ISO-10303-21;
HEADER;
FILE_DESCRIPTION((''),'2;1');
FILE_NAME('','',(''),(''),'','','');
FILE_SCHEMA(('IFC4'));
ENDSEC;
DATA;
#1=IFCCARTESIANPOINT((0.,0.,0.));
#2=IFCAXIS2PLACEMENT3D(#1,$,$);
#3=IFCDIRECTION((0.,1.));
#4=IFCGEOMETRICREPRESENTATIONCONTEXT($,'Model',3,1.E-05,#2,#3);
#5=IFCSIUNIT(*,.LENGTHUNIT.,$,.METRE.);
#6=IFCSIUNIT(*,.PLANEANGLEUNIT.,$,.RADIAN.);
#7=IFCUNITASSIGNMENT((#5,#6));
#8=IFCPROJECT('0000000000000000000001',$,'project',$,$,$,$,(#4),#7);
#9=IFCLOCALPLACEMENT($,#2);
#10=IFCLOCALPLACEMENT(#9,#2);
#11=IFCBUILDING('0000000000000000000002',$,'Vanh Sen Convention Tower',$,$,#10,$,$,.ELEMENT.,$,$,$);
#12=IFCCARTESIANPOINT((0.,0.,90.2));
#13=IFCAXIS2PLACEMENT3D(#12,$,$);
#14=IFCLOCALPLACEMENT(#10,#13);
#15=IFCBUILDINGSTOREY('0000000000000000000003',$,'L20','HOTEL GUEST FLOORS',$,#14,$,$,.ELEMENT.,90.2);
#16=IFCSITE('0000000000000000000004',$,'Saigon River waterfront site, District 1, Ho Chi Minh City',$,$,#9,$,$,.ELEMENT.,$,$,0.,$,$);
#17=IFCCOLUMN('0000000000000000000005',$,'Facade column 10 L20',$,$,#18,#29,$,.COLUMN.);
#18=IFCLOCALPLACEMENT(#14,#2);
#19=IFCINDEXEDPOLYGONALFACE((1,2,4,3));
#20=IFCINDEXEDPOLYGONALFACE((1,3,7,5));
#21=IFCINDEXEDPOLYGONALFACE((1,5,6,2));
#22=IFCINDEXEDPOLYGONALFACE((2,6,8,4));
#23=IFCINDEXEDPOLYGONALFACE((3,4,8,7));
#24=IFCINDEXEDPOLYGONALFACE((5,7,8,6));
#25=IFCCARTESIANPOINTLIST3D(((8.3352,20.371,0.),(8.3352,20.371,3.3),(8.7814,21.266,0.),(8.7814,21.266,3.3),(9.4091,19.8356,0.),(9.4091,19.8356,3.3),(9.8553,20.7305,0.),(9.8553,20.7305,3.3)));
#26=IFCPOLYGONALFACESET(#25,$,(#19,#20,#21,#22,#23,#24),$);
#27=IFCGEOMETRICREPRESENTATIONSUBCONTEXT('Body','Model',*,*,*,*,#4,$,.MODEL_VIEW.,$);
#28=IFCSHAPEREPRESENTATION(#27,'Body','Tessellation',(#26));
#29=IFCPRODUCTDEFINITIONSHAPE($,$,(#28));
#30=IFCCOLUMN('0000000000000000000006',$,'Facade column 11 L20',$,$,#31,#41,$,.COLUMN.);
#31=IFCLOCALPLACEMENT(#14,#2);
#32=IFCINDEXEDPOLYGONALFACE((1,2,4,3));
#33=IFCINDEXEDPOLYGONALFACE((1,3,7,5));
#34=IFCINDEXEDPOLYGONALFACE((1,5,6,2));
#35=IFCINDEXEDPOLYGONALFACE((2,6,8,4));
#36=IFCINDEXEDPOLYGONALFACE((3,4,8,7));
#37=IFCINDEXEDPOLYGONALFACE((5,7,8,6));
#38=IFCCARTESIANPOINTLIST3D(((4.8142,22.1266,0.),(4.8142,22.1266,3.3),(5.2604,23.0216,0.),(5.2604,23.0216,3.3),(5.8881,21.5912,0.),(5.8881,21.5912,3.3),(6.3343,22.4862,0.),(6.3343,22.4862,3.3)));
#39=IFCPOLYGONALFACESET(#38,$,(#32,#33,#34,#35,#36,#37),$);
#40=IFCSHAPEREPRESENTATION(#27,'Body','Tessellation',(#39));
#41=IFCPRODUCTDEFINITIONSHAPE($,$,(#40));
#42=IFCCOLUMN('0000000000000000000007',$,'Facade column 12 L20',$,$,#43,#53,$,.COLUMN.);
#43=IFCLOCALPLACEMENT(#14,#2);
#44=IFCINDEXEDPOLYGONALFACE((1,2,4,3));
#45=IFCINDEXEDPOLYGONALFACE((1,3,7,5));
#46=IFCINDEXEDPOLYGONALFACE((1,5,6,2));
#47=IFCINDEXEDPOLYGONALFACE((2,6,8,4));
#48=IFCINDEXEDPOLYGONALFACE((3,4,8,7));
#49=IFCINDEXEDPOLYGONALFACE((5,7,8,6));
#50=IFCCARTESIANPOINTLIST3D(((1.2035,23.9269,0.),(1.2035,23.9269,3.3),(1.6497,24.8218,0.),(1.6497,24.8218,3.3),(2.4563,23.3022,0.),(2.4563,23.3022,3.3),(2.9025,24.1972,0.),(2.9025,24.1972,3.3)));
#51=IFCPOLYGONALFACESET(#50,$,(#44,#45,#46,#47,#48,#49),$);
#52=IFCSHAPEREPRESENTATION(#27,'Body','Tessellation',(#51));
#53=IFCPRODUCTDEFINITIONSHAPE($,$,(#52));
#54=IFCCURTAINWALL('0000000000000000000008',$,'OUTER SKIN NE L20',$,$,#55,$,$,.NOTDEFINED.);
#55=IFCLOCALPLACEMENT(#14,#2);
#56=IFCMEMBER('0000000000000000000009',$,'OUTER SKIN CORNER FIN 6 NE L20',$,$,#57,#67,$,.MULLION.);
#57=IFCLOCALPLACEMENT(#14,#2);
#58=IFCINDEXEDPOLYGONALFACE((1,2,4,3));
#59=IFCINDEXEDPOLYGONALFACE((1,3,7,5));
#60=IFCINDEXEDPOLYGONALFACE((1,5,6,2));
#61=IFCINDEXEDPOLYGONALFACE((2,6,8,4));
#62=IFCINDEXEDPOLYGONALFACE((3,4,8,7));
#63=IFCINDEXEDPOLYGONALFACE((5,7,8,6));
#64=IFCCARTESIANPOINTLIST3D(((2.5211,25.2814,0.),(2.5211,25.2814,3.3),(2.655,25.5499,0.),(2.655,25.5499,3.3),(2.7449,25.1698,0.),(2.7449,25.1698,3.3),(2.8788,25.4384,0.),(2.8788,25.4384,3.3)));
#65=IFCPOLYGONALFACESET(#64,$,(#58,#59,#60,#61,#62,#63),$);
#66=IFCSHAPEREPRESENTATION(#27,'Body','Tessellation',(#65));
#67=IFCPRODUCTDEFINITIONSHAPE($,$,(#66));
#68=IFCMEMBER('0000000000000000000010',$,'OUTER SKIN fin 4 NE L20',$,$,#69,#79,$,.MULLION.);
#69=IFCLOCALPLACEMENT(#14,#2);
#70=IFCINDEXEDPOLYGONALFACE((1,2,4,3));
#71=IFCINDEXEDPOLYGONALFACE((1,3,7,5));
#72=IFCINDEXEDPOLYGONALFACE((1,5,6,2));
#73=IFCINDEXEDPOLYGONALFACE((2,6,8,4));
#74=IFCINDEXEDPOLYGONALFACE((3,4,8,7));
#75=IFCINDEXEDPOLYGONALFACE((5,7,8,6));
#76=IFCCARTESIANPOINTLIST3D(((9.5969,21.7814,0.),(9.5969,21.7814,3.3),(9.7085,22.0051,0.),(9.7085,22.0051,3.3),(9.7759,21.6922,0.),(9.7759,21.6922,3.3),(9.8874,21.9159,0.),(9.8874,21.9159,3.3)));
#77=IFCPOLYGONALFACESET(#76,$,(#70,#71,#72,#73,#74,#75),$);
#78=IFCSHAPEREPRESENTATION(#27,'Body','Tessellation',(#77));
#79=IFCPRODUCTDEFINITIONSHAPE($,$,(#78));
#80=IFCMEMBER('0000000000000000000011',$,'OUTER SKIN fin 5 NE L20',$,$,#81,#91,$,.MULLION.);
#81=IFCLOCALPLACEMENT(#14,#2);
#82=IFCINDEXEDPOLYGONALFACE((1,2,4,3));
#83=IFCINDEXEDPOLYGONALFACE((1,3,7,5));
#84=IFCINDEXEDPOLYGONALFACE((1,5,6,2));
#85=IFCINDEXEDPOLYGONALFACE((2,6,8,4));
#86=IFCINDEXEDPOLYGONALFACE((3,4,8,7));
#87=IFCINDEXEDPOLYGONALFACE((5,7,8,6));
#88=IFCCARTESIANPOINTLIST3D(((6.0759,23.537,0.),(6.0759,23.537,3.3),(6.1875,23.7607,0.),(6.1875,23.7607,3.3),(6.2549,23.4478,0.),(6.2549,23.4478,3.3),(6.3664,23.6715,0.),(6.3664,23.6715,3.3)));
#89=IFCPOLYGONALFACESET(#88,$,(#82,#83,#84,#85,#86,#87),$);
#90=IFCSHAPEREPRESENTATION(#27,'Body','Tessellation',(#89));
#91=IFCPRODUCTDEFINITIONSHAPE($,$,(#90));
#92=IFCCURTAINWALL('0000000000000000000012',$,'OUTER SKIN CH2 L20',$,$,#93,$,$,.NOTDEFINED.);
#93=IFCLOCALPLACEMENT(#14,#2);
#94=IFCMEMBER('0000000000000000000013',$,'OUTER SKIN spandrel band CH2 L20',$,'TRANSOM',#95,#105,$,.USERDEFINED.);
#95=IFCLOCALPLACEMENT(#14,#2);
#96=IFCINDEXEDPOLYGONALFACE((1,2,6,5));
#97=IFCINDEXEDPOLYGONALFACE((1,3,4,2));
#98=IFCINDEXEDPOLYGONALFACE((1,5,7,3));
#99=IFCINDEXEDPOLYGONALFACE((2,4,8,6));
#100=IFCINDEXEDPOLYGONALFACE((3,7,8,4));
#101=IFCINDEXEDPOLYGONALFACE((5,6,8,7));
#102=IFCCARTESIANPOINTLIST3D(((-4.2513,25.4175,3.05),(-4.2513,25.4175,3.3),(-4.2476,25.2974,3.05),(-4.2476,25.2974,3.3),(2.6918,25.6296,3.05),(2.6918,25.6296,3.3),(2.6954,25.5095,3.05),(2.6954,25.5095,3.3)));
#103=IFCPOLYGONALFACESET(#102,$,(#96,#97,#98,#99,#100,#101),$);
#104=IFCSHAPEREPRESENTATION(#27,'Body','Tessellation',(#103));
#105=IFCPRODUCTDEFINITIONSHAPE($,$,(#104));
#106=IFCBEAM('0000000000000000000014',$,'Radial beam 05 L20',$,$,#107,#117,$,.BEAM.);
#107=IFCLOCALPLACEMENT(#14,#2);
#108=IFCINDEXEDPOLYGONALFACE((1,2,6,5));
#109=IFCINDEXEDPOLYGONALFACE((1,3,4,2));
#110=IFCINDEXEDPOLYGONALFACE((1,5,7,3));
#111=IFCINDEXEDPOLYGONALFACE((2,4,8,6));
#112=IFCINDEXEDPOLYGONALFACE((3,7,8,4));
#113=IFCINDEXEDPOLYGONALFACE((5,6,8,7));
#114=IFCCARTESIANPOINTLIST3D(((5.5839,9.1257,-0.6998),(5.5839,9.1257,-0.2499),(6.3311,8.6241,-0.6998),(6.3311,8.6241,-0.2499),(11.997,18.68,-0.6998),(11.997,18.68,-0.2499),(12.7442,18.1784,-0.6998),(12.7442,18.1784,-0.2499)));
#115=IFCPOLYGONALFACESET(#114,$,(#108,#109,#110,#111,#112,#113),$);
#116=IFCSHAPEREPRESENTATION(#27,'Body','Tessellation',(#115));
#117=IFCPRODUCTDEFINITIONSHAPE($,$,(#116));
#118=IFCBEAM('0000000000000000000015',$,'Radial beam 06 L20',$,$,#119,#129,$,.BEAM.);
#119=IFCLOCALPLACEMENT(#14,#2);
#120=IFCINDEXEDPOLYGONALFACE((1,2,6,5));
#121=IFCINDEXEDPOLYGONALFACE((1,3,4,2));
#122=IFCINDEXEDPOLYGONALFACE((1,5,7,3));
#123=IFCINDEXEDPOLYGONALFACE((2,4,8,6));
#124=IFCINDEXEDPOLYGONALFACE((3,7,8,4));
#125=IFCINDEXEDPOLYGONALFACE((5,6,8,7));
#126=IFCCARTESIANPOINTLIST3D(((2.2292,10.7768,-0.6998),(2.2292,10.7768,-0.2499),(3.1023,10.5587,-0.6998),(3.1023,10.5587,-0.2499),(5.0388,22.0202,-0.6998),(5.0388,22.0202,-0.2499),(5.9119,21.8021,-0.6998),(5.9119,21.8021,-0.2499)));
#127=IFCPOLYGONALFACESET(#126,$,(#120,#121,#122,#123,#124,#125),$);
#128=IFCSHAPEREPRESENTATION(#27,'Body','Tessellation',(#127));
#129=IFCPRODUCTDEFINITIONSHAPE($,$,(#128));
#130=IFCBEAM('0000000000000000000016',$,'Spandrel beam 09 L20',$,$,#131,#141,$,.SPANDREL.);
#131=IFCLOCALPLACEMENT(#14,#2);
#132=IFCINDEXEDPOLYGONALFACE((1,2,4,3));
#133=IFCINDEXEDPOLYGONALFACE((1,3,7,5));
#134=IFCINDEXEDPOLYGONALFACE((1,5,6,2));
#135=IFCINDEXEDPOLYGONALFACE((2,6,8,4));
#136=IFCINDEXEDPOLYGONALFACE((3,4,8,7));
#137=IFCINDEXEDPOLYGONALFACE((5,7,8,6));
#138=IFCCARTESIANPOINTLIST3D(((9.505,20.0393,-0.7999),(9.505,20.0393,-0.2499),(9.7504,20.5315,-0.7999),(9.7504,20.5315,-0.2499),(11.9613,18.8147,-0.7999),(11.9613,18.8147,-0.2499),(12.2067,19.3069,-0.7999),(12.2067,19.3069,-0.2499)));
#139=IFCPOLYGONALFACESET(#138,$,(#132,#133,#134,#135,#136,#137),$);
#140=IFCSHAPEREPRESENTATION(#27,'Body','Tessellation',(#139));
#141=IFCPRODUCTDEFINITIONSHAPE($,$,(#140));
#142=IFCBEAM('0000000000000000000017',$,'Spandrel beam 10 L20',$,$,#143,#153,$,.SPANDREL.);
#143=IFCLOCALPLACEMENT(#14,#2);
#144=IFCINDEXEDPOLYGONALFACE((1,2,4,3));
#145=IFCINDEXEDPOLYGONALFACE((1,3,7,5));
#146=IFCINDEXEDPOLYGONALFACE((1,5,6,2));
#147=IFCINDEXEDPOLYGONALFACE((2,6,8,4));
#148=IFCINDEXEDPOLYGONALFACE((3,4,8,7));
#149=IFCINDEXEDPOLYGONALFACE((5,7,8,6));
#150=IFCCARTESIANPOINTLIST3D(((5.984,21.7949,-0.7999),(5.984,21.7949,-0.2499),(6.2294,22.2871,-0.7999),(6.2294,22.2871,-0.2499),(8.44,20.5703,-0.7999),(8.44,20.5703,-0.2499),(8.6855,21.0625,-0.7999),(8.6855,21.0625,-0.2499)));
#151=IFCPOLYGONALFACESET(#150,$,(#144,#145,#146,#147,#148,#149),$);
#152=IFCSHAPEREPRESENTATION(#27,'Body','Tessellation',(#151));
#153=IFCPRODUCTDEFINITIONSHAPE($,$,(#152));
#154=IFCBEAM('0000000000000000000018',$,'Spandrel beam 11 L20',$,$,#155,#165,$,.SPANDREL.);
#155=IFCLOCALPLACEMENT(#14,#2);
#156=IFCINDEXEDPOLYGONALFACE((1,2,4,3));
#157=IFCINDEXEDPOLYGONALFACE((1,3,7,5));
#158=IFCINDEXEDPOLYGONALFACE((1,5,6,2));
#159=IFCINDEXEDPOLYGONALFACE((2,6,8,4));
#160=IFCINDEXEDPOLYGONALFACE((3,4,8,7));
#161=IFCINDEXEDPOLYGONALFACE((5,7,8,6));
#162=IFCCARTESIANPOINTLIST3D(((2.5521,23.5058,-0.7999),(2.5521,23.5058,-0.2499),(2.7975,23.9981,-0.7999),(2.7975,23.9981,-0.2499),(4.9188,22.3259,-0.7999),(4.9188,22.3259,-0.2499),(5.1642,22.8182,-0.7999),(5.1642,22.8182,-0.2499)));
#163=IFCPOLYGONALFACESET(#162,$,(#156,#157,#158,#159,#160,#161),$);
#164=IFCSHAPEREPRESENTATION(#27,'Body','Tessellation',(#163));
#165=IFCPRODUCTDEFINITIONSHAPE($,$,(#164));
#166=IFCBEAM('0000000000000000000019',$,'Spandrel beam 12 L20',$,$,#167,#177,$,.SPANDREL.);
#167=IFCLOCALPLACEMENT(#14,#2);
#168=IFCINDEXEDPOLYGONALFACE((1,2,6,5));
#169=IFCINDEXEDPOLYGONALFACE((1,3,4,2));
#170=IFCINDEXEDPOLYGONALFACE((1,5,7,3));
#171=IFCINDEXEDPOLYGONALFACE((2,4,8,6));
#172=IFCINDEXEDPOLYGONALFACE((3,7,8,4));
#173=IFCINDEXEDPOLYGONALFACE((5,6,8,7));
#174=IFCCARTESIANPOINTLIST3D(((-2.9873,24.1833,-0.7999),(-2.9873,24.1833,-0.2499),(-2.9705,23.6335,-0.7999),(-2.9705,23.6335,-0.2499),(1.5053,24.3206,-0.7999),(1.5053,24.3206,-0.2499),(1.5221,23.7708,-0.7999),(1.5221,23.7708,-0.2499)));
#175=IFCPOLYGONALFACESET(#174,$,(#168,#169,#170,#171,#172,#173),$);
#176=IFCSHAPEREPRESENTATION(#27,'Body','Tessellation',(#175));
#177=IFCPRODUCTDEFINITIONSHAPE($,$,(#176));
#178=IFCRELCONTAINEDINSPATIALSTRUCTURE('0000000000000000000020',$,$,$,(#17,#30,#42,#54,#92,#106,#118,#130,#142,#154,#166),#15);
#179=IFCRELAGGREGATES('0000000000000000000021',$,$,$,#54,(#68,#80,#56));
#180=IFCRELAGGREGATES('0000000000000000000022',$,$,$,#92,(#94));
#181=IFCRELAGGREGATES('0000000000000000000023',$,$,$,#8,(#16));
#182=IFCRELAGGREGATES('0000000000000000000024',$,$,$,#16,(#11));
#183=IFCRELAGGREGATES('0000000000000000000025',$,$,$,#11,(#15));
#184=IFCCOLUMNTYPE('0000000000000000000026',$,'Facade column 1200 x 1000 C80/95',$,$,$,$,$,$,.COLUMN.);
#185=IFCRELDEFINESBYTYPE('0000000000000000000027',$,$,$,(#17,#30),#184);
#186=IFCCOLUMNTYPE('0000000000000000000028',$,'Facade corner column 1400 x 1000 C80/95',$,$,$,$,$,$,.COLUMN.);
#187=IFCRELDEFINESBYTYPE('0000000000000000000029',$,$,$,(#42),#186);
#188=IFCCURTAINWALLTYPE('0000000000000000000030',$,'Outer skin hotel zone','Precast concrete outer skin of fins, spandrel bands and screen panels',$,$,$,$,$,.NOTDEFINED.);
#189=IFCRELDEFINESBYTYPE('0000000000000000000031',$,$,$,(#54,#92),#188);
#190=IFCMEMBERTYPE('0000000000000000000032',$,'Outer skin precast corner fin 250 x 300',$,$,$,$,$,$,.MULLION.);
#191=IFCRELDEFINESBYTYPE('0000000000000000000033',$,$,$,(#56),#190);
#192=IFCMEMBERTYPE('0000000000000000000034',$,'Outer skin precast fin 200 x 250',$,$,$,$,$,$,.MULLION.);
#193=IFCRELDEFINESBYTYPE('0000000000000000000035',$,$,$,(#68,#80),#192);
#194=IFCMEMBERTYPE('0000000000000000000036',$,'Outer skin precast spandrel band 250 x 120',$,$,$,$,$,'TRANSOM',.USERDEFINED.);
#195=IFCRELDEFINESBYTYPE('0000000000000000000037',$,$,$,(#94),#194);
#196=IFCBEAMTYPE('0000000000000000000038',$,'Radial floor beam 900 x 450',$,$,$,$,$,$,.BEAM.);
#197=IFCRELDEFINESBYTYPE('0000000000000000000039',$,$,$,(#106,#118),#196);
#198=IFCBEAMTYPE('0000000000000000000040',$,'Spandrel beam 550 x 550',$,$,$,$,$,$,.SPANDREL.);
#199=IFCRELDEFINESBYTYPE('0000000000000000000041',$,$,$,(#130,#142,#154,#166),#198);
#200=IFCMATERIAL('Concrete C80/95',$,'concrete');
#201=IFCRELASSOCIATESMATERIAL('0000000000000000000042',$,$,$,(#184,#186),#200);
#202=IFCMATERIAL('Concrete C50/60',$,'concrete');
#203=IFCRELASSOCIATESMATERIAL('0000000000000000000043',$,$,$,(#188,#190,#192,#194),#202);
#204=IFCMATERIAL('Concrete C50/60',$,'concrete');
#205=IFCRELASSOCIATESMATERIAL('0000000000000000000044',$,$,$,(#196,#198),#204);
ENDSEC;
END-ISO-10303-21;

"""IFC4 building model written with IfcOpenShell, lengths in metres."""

from ifc_helpers import new_model, si_unit, direction, frame, origin, origin_2d, place, context, subcontext, project, spatial, rectangle, extrude, material, material_profile, profile_set, type_object, element, aggregate, save


model = new_model("IFC4")

# Units and contexts
model_context = context("Model", 3, precision=1e-05, world=origin(), true_north=direction((0.0, 1.0)))
body_context = subcontext(model_context, "Body", "Model", "MODEL_VIEW")
ifc_project = project(units=[si_unit("LENGTHUNIT", "METRE"), si_unit("PLANEANGLEUNIT", "RADIAN")], contexts=[model_context])

# Site, building, storey
site_placement = place(None, origin())
site = spatial("IfcSite", under=ifc_project, at=site_placement, Name="Saigon River waterfront site, District 1, Ho Chi Minh City", CompositionType="ELEMENT", RefElevation=0.0)
building_placement = place(site_placement, origin())
building = spatial("IfcBuilding", under=site, at=building_placement, Name="Vanh Sen Convention Tower", CompositionType="ELEMENT")
storey_placement = place(building_placement, frame((0.0, 0.0, 90.2)))
storey = spatial("IfcBuildingStorey", under=building, at=storey_placement, Name="L20", Description="HOTEL GUEST FLOORS", CompositionType="ELEMENT", Elevation=90.2)

# Columns
ifc_material_1 = material(Name="Concrete C80/95", Category="concrete")
ifc_material_profile_1 = material_profile(ifc_material_1, rectangle(XDim=1.2, YDim=1.0, at=origin_2d()), Name="RC 1200X1000")
ifc_profile_set_1 = profile_set([ifc_material_profile_1], Name="Concrete C80/95")
column_type_1 = type_object("IfcColumnType", Name="Facade column 1200 x 1000 C80/95", PredefinedType="COLUMN", material=ifc_profile_set_1)
for number, where, z_axis, x_axis, name in (
    (1, (9.0952, 20.5508, 0.0), (0.0, 0.0, 1.0), (-0.894934, 0.446198, 0.0), "Facade column 10 L20"),
    (2, (5.5742, 22.3064, 0.0), (0.0, 0.0, 1.0), (-0.894934, 0.446198, 0.0), "Facade column 11 L20"),
):
    element("IfcColumn", number, at=place(storey_placement, frame(where, z_axis=z_axis, x_axis=x_axis)), inside=storey, type_object=column_type_1, Name=name, PredefinedType="COLUMN", context=body_context, shape_type="SweptSolid", body=[
        extrude(rectangle(XDim=1.2, YDim=1.0, at=origin_2d()), origin(), (0.0, 0.0, 1.0), 3.3),
    ])
ifc_material_profile_2 = material_profile(ifc_material_1, rectangle(XDim=1.3999, YDim=1.0, at=origin_2d()), Name="RC 1400X1000")
ifc_profile_set_2 = profile_set([ifc_material_profile_2], Name="Concrete C80/95")
column_type_2 = type_object("IfcColumnType", Name="Facade corner column 1400 x 1000 C80/95", PredefinedType="COLUMN", material=ifc_profile_set_2)
column_placement = place(storey_placement, frame((2.053, 24.062, 0.0), z_axis=(0.0, 0.0, 1.0), x_axis=(-0.894934, 0.446198, 0.0)))
element("IfcColumn", 3, at=column_placement, inside=storey, type_object=column_type_2, Name="Facade column 12 L20", PredefinedType="COLUMN", context=body_context, shape_type="SweptSolid", body=[
    extrude(rectangle(XDim=1.3999, YDim=1.0, at=origin_2d()), origin(), (0.0, 0.0, 1.0), 3.3),
])

# Curtain wall, members
ifc_material_2 = material(Name="Concrete C50/60", Category="concrete")
curtain_wall_type = type_object("IfcCurtainWallType", Name="Outer skin hotel zone", Description="Precast concrete outer skin of fins, spandrel bands and screen panels", PredefinedType="NOTDEFINED", material=ifc_material_2)
curtain_wall_1_placement = place(storey_placement, origin())
curtain_wall_1 = element("IfcCurtainWall", 4, at=curtain_wall_1_placement, inside=storey, type_object=curtain_wall_type, Name="OUTER SKIN NE L20", PredefinedType="NOTDEFINED")
ifc_material_profile_3 = material_profile(ifc_material_2, rectangle(XDim=0.25, YDim=0.3, at=origin_2d()), Name="Outer skin precast corner fin 250 x 300")
ifc_profile_set_3 = profile_set([ifc_material_profile_3], Name="Concrete C50/60")
member_type_1 = type_object("IfcMemberType", Name="Outer skin precast corner fin 250 x 300", PredefinedType="MULLION", material=ifc_profile_set_3)
member_1_placement = place(storey_placement, frame((2.7, 25.3599, 0.0), z_axis=(0.0, 0.0, 1.0), x_axis=(-0.894934, 0.446198, 0.0)))
member_1 = element("IfcMember", 5, at=member_1_placement, type_object=member_type_1, Name="OUTER SKIN CORNER FIN 6 NE L20", PredefinedType="MULLION", context=body_context, shape_type="SweptSolid", body=[
    extrude(rectangle(XDim=0.25, YDim=0.3, at=origin_2d()), origin(), (0.0, 0.0, 1.0), 3.3),
])
ifc_material_profile_4 = material_profile(ifc_material_2, rectangle(XDim=0.2, YDim=0.25, at=origin_2d()), Name="Outer skin precast fin 200 x 250")
ifc_profile_set_4 = profile_set([ifc_material_profile_4], Name="Concrete C50/60")
member_type_2 = type_object("IfcMemberType", Name="Outer skin precast fin 200 x 250", PredefinedType="MULLION", material=ifc_profile_set_4)
member_2_placement = place(storey_placement, frame((9.7422, 21.8486, 0.0), z_axis=(0.0, 0.0, 1.0), x_axis=(-0.894934, 0.446198, 0.0)))
member_2 = element("IfcMember", 6, at=member_2_placement, type_object=member_type_2, Name="OUTER SKIN fin 4 NE L20", PredefinedType="MULLION", context=body_context, shape_type="SweptSolid", body=[
    extrude(rectangle(XDim=0.2, YDim=0.25, at=origin_2d()), origin(), (0.0, 0.0, 1.0), 3.3),
])
member_3_placement = place(storey_placement, frame((6.2212, 23.6042, 0.0), z_axis=(0.0, 0.0, 1.0), x_axis=(-0.894934, 0.446198, 0.0)))
member_3 = element("IfcMember", 7, at=member_3_placement, type_object=member_type_2, Name="OUTER SKIN fin 5 NE L20", PredefinedType="MULLION", context=body_context, shape_type="SweptSolid", body=[
    extrude(rectangle(XDim=0.2, YDim=0.25, at=origin_2d()), origin(), (0.0, 0.0, 1.0), 3.3),
])

# Curtain wall, member
curtain_wall_2_placement = place(storey_placement, origin())
curtain_wall_2 = element("IfcCurtainWall", 8, at=curtain_wall_2_placement, inside=storey, type_object=curtain_wall_type, Name="OUTER SKIN CH2 L20", PredefinedType="NOTDEFINED")
ifc_material_profile_5 = material_profile(ifc_material_2, rectangle(XDim=0.1201, YDim=0.25, at=origin_2d()), Name="Outer skin precast spandrel band 250 x 120")
ifc_profile_set_5 = profile_set([ifc_material_profile_5], Name="Concrete C50/60")
member_type_3 = type_object("IfcMemberType", Name="Outer skin precast spandrel band 250 x 120", ElementType="TRANSOM", PredefinedType="USERDEFINED", material=ifc_profile_set_5)
member_4_placement = place(storey_placement, frame((2.6936, 25.5696, 3.175), z_axis=(-0.999533, -0.030542, 0.0), x_axis=(0.030542, -0.999533, 0.0)))
member_4 = element("IfcMember", 9, at=member_4_placement, type_object=member_type_3, Name="OUTER SKIN spandrel band CH2 L20", ObjectType="TRANSOM", PredefinedType="USERDEFINED", context=body_context, shape_type="SweptSolid", body=[
    extrude(rectangle(XDim=0.1201, YDim=0.25, at=origin_2d()), origin(), (0.0, 0.0, 1.0), 6.9463),
])

# Beams
ifc_material_3 = material(Name="Concrete C50/60", Category="concrete")
ifc_material_profile_6 = material_profile(ifc_material_3, rectangle(XDim=0.8999, YDim=0.45, at=origin_2d()), Name="RC 900X450")
ifc_profile_set_6 = profile_set([ifc_material_profile_6], Name="Concrete C50/60")
beam_type_1 = type_object("IfcBeamType", Name="Radial floor beam 900 x 450", PredefinedType="BEAM", material=ifc_profile_set_6)
beam_1_placement = place(storey_placement, frame((12.3706, 18.4292, -0.4749), z_axis=(-0.557322, -0.830297, 0.0), x_axis=(0.830297, -0.557322, 0.0)))
element("IfcBeam", 10, at=beam_1_placement, inside=storey, type_object=beam_type_1, Name="Radial beam 05 L20", PredefinedType="BEAM", context=body_context, shape_type="SweptSolid", body=[
    extrude(rectangle(XDim=0.8999, YDim=0.45, at=origin_2d()), origin(), (0.0, 0.0, 1.0), 11.5071),
])
beam_2_placement = place(storey_placement, frame((5.4753, 21.9111, -0.4749), z_axis=(-0.242432, -0.970169, 0.0), x_axis=(0.970169, -0.242432, 0.0)))
element("IfcBeam", 11, at=beam_2_placement, inside=storey, type_object=beam_type_1, Name="Radial beam 06 L20", PredefinedType="BEAM", context=body_context, shape_type="SweptSolid", body=[
    extrude(rectangle(XDim=0.8999, YDim=0.45, at=origin_2d()), origin(), (0.0, 0.0, 1.0), 11.5891),
])
ifc_material_profile_7 = material_profile(ifc_material_3, rectangle(XDim=0.55, YDim=0.55, at=origin_2d()), Name="RC 550X550")
ifc_profile_set_7 = profile_set([ifc_material_profile_7], Name="Concrete C50/60")
beam_type_2 = type_object("IfcBeamType", Name="Spandrel beam 550 x 550", PredefinedType="SPANDREL", material=ifc_profile_set_7)
beam_3_placement = place(storey_placement, frame((12.084, 19.0608, -0.5249), z_axis=(-0.894943, 0.446181, 0.0), x_axis=(-0.446181, -0.894943, 0.0)))
element("IfcBeam", 12, at=beam_3_placement, inside=storey, type_object=beam_type_2, Name="Spandrel beam 09 L20", PredefinedType="SPANDREL", context=body_context, shape_type="SweptSolid", body=[
    extrude(rectangle(XDim=0.55, YDim=0.55, at=origin_2d()), origin(), (0.0, 0.0, 1.0), 2.7446),
])
beam_4_placement = place(storey_placement, frame((8.5627, 20.8164, -0.5249), z_axis=(-0.894925, 0.446217, 0.0), x_axis=(-0.446217, -0.894925, 0.0)))
element("IfcBeam", 13, at=beam_4_placement, inside=storey, type_object=beam_type_2, Name="Spandrel beam 10 L20", PredefinedType="SPANDREL", context=body_context, shape_type="SweptSolid", body=[
    extrude(rectangle(XDim=0.55, YDim=0.55, at=origin_2d()), origin(), (0.0, 0.0, 1.0), 2.7444),
])
beam_5_placement = place(storey_placement, frame((5.0415, 22.572, -0.5249), z_axis=(-0.894944, 0.446179, 0.0), x_axis=(-0.446179, -0.894944, 0.0)))
element("IfcBeam", 14, at=beam_5_placement, inside=storey, type_object=beam_type_2, Name="Spandrel beam 11 L20", PredefinedType="SPANDREL", context=body_context, shape_type="SweptSolid", body=[
    extrude(rectangle(XDim=0.55, YDim=0.55, at=origin_2d()), origin(), (0.0, 0.0, 1.0), 2.6445),
])
beam_6_placement = place(storey_placement, frame((1.5137, 24.0457, -0.5249), z_axis=(-0.999534, -0.030528, 0.0), x_axis=(0.030528, -0.999534, 0.0)))
element("IfcBeam", 15, at=beam_6_placement, inside=storey, type_object=beam_type_2, Name="Spandrel beam 12 L20", PredefinedType="SPANDREL", context=body_context, shape_type="SweptSolid", body=[
    extrude(rectangle(XDim=0.55, YDim=0.55, at=origin_2d()), origin(), (0.0, 0.0, 1.0), 4.4946),
])

aggregate(curtain_wall_1, [member_2, member_3, member_1])
aggregate(curtain_wall_2, [member_4])

save(model, "model.ifc")
